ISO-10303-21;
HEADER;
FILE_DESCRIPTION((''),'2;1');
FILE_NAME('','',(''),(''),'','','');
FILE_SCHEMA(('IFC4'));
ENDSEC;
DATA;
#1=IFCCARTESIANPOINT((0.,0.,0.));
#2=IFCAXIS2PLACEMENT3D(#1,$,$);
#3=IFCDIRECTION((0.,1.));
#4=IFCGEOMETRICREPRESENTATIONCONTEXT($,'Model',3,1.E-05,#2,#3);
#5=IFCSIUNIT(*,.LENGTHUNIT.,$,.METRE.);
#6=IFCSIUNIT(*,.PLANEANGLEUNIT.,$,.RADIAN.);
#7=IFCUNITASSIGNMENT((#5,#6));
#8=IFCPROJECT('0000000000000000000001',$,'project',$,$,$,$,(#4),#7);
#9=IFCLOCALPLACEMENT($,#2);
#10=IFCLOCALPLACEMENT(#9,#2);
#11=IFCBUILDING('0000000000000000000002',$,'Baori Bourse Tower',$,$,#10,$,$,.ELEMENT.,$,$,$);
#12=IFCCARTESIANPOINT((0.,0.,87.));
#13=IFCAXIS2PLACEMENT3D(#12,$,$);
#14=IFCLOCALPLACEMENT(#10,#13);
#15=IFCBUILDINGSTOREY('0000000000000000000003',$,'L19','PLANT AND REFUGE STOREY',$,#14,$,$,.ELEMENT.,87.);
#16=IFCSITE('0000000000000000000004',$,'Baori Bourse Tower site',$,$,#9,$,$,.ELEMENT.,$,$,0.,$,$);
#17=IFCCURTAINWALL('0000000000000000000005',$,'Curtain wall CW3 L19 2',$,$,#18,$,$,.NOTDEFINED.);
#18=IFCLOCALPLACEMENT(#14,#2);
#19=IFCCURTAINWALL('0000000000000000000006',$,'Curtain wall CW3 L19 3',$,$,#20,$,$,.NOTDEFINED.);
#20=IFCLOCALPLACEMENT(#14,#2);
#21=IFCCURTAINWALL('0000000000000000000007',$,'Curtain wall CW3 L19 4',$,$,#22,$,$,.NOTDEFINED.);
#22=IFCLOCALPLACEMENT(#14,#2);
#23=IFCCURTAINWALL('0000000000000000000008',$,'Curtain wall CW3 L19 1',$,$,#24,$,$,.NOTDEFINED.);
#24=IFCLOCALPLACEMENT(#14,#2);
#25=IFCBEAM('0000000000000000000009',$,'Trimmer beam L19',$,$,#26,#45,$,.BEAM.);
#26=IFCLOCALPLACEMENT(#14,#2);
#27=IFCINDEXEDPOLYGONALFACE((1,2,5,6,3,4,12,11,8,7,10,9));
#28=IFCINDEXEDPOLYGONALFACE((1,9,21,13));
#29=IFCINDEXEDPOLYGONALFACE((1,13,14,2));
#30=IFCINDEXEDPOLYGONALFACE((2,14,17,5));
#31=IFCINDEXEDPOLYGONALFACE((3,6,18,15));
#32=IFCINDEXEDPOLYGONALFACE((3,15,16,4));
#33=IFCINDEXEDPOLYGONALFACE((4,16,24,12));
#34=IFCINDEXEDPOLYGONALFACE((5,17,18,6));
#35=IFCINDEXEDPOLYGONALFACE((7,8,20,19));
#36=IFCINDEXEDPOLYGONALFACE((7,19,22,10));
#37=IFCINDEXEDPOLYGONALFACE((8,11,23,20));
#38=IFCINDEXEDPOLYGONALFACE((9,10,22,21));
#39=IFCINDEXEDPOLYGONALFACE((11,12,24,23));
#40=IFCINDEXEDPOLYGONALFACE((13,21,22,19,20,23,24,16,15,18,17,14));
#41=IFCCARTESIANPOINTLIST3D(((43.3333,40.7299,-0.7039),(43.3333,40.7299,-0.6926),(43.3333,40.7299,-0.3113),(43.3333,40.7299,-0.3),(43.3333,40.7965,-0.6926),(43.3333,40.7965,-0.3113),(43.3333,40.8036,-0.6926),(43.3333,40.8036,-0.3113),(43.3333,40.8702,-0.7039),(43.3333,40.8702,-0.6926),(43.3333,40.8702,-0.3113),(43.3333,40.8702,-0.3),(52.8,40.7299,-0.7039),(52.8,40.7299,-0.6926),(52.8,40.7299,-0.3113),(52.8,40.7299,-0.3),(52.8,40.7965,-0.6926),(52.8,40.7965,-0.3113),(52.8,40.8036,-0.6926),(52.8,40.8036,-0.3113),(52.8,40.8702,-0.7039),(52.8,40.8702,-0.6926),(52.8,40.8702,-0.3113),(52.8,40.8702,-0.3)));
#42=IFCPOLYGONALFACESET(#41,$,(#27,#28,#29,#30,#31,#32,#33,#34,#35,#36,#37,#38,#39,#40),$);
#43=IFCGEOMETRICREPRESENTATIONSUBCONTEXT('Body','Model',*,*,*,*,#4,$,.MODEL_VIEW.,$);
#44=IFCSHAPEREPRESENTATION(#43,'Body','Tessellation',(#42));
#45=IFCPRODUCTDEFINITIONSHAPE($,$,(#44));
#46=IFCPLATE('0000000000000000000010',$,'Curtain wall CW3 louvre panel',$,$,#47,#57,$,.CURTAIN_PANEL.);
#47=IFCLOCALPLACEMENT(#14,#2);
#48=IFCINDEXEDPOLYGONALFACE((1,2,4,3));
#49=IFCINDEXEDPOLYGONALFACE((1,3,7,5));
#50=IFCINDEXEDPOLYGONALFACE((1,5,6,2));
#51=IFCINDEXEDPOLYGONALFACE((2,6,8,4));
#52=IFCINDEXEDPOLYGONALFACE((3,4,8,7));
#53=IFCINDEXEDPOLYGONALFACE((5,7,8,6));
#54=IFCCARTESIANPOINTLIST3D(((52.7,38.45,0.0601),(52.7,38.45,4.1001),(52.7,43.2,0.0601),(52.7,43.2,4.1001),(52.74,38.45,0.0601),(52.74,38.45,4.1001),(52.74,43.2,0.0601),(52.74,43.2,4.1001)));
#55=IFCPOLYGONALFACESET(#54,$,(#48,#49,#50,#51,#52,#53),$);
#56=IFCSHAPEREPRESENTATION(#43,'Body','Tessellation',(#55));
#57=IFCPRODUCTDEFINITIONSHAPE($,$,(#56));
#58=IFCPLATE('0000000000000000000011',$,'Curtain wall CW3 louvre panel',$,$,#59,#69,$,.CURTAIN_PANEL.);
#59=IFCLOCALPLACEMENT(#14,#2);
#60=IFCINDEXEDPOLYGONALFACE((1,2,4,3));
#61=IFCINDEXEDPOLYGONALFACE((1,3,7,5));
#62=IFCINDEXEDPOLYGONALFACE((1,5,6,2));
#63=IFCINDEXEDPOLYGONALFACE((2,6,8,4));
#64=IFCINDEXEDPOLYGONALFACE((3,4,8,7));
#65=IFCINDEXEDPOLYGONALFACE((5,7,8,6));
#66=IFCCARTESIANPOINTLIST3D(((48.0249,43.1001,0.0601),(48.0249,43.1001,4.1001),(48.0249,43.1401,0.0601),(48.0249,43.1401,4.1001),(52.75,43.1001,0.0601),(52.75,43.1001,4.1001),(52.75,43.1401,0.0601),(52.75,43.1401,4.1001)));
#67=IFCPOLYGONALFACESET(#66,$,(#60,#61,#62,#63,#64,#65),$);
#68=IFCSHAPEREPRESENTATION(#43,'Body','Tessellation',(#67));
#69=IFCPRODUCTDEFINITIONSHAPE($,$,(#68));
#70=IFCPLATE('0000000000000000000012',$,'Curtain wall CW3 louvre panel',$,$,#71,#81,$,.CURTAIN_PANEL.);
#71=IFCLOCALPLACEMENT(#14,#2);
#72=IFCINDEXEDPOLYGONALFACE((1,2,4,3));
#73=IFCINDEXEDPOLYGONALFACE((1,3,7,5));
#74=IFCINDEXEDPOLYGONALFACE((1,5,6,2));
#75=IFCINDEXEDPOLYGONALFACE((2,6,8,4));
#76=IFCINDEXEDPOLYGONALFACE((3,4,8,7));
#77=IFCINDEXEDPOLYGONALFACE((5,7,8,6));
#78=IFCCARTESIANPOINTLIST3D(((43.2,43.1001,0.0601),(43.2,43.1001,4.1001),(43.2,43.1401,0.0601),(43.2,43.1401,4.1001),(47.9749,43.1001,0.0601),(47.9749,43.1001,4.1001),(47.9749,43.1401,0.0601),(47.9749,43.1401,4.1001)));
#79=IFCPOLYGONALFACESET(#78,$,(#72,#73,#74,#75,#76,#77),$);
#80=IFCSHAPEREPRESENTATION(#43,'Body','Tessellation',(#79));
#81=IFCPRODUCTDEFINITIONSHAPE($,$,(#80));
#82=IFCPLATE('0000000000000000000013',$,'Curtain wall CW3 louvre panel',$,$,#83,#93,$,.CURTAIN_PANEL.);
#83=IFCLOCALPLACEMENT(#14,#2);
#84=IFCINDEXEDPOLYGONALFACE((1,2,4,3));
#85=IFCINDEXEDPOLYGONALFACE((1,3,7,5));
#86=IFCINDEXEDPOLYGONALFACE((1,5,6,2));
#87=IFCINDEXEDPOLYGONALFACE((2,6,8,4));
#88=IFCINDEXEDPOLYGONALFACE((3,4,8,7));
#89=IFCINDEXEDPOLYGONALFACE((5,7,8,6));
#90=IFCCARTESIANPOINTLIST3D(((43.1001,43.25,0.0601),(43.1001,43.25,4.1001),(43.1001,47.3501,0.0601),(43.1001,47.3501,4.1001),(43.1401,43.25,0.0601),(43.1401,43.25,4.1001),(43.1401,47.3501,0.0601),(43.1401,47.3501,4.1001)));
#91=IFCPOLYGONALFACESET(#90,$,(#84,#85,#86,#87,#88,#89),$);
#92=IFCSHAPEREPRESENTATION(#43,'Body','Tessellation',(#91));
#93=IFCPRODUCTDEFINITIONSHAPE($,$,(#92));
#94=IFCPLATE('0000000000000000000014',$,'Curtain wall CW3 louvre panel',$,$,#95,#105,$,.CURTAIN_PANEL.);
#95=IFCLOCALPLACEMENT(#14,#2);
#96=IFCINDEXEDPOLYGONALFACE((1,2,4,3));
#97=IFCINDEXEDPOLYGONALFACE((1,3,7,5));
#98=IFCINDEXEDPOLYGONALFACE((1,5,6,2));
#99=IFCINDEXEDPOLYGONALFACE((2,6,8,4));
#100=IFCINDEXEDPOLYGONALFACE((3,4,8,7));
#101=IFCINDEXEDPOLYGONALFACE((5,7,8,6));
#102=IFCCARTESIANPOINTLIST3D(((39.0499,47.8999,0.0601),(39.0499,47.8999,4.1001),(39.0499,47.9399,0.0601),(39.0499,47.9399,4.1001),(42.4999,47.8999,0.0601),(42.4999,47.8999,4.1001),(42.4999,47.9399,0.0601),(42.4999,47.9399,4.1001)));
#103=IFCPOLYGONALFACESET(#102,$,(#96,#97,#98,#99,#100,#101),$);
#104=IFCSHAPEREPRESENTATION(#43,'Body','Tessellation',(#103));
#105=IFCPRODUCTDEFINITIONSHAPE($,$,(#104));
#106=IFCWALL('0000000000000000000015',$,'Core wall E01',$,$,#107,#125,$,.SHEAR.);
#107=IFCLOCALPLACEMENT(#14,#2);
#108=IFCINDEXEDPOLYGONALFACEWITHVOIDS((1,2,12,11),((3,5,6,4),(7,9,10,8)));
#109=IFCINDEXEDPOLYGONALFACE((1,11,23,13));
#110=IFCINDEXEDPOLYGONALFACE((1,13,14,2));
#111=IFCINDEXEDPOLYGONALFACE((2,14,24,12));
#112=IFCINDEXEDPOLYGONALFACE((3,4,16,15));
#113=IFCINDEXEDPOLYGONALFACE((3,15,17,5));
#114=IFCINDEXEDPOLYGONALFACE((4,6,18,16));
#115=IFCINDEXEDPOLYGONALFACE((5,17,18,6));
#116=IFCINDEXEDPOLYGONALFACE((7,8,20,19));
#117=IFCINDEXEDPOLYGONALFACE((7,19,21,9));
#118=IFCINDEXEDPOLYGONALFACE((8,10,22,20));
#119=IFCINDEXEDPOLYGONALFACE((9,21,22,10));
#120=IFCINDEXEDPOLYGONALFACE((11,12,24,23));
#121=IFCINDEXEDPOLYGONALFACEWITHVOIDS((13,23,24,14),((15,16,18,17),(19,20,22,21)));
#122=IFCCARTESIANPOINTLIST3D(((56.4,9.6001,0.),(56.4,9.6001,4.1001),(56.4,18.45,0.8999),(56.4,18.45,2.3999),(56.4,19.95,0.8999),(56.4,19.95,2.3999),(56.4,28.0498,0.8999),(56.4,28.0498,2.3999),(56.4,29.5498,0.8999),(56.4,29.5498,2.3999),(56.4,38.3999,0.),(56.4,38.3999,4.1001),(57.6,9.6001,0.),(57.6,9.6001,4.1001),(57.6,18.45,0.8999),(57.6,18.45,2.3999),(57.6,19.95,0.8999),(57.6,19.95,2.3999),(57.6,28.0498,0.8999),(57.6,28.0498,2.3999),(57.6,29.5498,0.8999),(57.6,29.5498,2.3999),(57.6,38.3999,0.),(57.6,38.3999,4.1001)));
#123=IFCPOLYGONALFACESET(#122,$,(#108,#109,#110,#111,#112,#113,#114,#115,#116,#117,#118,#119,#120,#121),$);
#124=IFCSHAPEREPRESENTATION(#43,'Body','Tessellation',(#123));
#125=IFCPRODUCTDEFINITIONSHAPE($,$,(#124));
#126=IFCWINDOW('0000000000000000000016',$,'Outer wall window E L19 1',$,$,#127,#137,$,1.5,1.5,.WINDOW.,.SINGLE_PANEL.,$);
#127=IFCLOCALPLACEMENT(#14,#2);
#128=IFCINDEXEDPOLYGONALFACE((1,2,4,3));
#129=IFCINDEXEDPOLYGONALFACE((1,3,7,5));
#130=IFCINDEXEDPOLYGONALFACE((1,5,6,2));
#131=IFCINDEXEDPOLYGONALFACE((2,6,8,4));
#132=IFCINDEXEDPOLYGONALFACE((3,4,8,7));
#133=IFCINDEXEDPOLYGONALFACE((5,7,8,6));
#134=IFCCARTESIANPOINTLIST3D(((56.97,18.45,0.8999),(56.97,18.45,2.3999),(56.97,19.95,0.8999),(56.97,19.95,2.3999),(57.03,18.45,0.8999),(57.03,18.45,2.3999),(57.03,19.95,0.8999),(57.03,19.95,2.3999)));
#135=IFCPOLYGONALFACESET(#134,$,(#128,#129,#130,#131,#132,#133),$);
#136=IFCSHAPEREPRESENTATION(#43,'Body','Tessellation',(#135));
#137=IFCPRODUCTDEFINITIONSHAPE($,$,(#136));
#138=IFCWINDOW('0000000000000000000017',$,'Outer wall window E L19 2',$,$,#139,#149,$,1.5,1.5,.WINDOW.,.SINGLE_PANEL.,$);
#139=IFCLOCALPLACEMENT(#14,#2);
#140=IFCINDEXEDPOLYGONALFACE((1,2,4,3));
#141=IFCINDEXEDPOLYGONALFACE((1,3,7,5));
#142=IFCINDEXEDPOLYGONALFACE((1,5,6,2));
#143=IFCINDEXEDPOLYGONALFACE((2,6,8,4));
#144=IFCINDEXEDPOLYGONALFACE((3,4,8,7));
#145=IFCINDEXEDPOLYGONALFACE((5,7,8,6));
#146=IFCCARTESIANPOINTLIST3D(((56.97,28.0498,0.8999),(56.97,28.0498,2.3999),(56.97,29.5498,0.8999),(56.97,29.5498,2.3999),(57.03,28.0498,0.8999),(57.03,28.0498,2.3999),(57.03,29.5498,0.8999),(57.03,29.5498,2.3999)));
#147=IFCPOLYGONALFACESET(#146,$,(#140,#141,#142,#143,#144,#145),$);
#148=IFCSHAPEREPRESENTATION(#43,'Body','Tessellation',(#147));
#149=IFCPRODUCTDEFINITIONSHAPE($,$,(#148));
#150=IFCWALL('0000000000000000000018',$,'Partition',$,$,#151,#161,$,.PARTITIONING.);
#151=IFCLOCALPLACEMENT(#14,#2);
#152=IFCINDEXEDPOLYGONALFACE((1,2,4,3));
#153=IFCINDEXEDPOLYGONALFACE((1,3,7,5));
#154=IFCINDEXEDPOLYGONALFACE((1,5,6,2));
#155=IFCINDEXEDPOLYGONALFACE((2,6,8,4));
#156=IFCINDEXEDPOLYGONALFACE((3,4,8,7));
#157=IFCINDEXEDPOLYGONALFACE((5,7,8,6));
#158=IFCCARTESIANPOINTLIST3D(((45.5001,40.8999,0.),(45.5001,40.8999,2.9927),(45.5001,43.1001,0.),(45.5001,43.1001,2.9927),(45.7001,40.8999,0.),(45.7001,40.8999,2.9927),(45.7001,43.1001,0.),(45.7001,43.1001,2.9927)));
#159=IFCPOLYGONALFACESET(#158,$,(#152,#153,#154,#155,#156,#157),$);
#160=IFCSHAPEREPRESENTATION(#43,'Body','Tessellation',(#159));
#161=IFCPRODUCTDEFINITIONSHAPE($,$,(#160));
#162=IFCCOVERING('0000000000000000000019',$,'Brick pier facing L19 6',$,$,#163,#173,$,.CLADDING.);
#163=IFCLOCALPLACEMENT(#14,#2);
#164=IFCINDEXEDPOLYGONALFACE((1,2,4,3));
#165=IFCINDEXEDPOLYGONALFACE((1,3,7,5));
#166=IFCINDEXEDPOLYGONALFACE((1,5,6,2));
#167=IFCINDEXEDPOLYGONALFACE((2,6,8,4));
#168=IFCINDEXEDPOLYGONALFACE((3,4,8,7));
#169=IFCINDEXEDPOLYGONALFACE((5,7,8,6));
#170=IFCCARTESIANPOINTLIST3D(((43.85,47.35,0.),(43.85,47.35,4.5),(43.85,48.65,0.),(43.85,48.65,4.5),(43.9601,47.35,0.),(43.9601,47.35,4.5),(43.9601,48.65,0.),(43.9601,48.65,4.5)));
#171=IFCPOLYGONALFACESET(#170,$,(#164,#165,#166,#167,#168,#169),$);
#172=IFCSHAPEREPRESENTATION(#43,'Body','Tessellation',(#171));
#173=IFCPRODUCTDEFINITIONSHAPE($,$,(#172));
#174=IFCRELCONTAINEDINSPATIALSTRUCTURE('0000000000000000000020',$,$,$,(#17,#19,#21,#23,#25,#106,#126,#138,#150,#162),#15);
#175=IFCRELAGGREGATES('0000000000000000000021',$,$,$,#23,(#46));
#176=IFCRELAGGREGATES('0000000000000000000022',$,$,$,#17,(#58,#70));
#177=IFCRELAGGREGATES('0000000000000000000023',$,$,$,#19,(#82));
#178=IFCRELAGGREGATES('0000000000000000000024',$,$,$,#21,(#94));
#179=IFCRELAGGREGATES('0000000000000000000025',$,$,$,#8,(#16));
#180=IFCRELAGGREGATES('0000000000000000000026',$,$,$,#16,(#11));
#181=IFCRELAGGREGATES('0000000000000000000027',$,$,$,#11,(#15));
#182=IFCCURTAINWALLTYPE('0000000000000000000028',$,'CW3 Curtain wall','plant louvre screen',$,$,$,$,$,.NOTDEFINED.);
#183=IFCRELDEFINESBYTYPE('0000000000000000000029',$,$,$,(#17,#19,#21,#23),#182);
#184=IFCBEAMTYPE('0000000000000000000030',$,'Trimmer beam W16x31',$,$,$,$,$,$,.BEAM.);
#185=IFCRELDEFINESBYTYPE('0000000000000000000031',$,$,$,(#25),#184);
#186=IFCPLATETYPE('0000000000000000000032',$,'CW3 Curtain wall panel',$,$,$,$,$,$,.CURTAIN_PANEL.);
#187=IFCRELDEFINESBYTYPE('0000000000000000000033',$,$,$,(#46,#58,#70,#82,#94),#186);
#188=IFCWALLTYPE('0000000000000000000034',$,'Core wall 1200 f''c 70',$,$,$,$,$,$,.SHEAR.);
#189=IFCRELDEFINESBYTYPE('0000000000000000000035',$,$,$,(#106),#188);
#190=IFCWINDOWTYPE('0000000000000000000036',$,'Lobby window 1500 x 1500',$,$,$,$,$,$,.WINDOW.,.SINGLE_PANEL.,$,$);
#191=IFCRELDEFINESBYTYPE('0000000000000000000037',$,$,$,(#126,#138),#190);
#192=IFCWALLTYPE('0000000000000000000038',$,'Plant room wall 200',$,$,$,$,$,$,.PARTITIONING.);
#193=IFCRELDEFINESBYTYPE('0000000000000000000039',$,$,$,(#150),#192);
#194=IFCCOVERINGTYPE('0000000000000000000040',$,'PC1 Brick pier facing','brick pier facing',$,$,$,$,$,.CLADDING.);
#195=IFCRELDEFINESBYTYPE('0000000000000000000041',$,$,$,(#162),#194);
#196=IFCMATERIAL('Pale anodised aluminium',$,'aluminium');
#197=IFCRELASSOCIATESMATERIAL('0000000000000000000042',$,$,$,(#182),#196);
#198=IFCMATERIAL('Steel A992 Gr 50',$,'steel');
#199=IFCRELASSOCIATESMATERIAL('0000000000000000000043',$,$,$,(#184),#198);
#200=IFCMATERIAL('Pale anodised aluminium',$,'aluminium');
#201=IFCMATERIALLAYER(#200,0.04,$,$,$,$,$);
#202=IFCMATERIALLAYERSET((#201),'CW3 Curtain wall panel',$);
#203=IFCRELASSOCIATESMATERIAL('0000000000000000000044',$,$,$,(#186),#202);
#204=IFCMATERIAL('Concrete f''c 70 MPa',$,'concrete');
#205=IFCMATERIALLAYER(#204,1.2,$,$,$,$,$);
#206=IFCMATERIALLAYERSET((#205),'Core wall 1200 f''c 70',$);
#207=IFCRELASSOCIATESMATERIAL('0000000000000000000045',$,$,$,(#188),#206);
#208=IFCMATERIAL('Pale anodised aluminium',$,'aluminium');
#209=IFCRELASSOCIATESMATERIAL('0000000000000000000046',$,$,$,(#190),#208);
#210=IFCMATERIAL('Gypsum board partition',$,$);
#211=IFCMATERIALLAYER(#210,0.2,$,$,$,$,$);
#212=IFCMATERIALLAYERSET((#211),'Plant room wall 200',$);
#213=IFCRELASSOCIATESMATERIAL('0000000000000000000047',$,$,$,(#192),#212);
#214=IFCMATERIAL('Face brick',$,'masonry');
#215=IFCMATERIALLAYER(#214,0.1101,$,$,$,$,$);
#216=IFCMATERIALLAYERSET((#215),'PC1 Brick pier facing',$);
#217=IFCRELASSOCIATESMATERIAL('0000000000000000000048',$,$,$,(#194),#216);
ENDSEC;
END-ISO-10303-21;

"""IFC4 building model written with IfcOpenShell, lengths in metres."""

from ifc_helpers import new_model, si_unit, direction, frame, frame_2d, origin, origin_2d, place, context, subcontext, project, spatial, rectangle, i_section, extrude, material, layer, layer_set, material_profile, profile_set, type_object, element, fill, aggregate, save


model = new_model("IFC4")

# Units and contexts
model_context = context("Model", 3, precision=1e-05, world=origin(), true_north=direction((0.0, 1.0)))
body_context = subcontext(model_context, "Body", "Model", "MODEL_VIEW")
ifc_project = project(units=[si_unit("LENGTHUNIT", "METRE"), si_unit("PLANEANGLEUNIT", "RADIAN")], contexts=[model_context])

# Site, building, storey
site_placement = place(None, origin())
site = spatial("IfcSite", under=ifc_project, at=site_placement, Name="Baori Bourse Tower site", CompositionType="ELEMENT", RefElevation=0.0)
building_placement = place(site_placement, origin())
building = spatial("IfcBuilding", under=site, at=building_placement, Name="Baori Bourse Tower", CompositionType="ELEMENT")
storey_placement = place(building_placement, frame((0.0, 0.0, 87.0)))
storey = spatial("IfcBuildingStorey", under=building, at=storey_placement, Name="L19", Description="PLANT AND REFUGE STOREY", CompositionType="ELEMENT", Elevation=87.0)

# Curtain wall
ifc_material_1 = material(Name="Pale anodised aluminium", Category="aluminium")
curtain_wall_type = type_object("IfcCurtainWallType", Name="CW3 Curtain wall", Description="plant louvre screen", PredefinedType="NOTDEFINED", material=ifc_material_1)
curtain_wall_1_placement = place(storey_placement, origin())
curtain_wall_1 = element("IfcCurtainWall", 1, at=curtain_wall_1_placement, inside=storey, type_object=curtain_wall_type, Name="Curtain wall CW3 L19 2", PredefinedType="NOTDEFINED")

# Curtain walls
curtain_wall_2_placement = place(storey_placement, origin())
curtain_wall_2 = element("IfcCurtainWall", 2, at=curtain_wall_2_placement, inside=storey, type_object=curtain_wall_type, Name="Curtain wall CW3 L19 3", PredefinedType="NOTDEFINED")
curtain_wall_3_placement = place(storey_placement, origin())
curtain_wall_3 = element("IfcCurtainWall", 3, at=curtain_wall_3_placement, inside=storey, type_object=curtain_wall_type, Name="Curtain wall CW3 L19 4", PredefinedType="NOTDEFINED")
curtain_wall_4_placement = place(storey_placement, origin())
curtain_wall_4 = element("IfcCurtainWall", 4, at=curtain_wall_4_placement, inside=storey, type_object=curtain_wall_type, Name="Curtain wall CW3 L19 1", PredefinedType="NOTDEFINED")

# Beam
ifc_material_2 = material(Name="Steel A992 Gr 50", Category="steel")
ifc_material_profile_1 = material_profile(ifc_material_2, i_section(OverallWidth=0.1404, OverallDepth=0.4038, WebThickness=0.0071, FlangeThickness=0.0112, at=origin_2d()), Name="W16x31")
ifc_profile_set_1 = profile_set([ifc_material_profile_1], Name="Steel A992 Gr 50")
beam_type_1 = type_object("IfcBeamType", Name="Trimmer beam W16x31", PredefinedType="BEAM", material=ifc_profile_set_1)
beam_1_placement = place(storey_placement, frame((43.3333, 40.8, -0.502), z_axis=(1.0, 0.0, 0.0), x_axis=(0.0, 1.0, 0.0)))
element("IfcBeam", 5, at=beam_1_placement, inside=storey, type_object=beam_type_1, Name="Trimmer beam L19", PredefinedType="BEAM", context=body_context, shape_type="SweptSolid", body=[
    extrude(i_section(OverallWidth=0.1404, OverallDepth=0.4038, WebThickness=0.0071, FlangeThickness=0.0112, at=origin_2d()), origin(), (0.0, 0.0, 1.0), 9.4668),
])

# Plates
ifc_material_3 = material(Name="Pale anodised aluminium", Category="aluminium")
ifc_layer_1 = layer(ifc_material_3, 0.04)
ifc_layer_set_1 = layer_set([ifc_layer_1], Name="CW3 Curtain wall panel")
plate_type = type_object("IfcPlateType", Name="CW3 Curtain wall panel", PredefinedType="CURTAIN_PANEL", material=ifc_layer_set_1)
plate_1_placement = place(storey_placement, frame((52.72, 40.825, 0.0601), z_axis=(0.0, 0.0, 1.0), x_axis=(0.0, 1.0, 0.0)))
plate_1 = element("IfcPlate", 6, at=plate_1_placement, type_object=plate_type, Name="Curtain wall CW3 louvre panel", PredefinedType="CURTAIN_PANEL", context=body_context, shape_type="SweptSolid", body=[
    extrude(rectangle(XDim=4.75, YDim=0.04, at=origin_2d()), origin(), (0.0, 0.0, 1.0), 4.04),
])
aggregate(curtain_wall_4, [plate_1])
plate_2_placement = place(storey_placement, frame((50.3875, 43.1201, 0.0601), z_axis=(0.0, 0.0, 1.0), x_axis=(-1.0, 0.0, 0.0)))
plate_2 = element("IfcPlate", 7, at=plate_2_placement, type_object=plate_type, Name="Curtain wall CW3 louvre panel", PredefinedType="CURTAIN_PANEL", context=body_context, shape_type="SweptSolid", body=[
    extrude(rectangle(XDim=4.7251, YDim=0.04, at=origin_2d()), origin(), (0.0, 0.0, 1.0), 4.04),
])
plate_3_placement = place(storey_placement, frame((45.5874, 43.1201, 0.0601), z_axis=(0.0, 0.0, 1.0), x_axis=(-1.0, 0.0, 0.0)))
plate_3 = element("IfcPlate", 8, at=plate_3_placement, type_object=plate_type, Name="Curtain wall CW3 louvre panel", PredefinedType="CURTAIN_PANEL", context=body_context, shape_type="SweptSolid", body=[
    extrude(rectangle(XDim=4.7749, YDim=0.04, at=origin_2d()), origin(), (0.0, 0.0, 1.0), 4.04),
])
aggregate(curtain_wall_1, [plate_2, plate_3])
plate_4_placement = place(storey_placement, frame((43.1201, 45.3, 0.0601), z_axis=(0.0, 0.0, 1.0), x_axis=(0.0, 1.0, 0.0)))
plate_4 = element("IfcPlate", 9, at=plate_4_placement, type_object=plate_type, Name="Curtain wall CW3 louvre panel", PredefinedType="CURTAIN_PANEL", context=body_context, shape_type="SweptSolid", body=[
    extrude(rectangle(XDim=4.1001, YDim=0.04, at=origin_2d()), origin(), (0.0, 0.0, 1.0), 4.04),
])
aggregate(curtain_wall_2, [plate_4])
plate_5_placement = place(storey_placement, frame((40.7749, 47.9199, 0.0601), z_axis=(0.0, 0.0, 1.0), x_axis=(-1.0, 0.0, 0.0)))
plate_5 = element("IfcPlate", 10, at=plate_5_placement, type_object=plate_type, Name="Curtain wall CW3 louvre panel", PredefinedType="CURTAIN_PANEL", context=body_context, shape_type="SweptSolid", body=[
    extrude(rectangle(XDim=3.45, YDim=0.04, at=origin_2d()), origin(), (0.0, 0.0, 1.0), 4.04),
])
aggregate(curtain_wall_3, [plate_5])

# Wall, openings, windows
ifc_material_4 = material(Name="Concrete f'c 70 MPa", Category="concrete")
ifc_layer_2 = layer(ifc_material_4, 1.2)
ifc_layer_set_2 = layer_set([ifc_layer_2], Name="Core wall 1200 f'c 70")
wall_type_1 = type_object("IfcWallType", Name="Core wall 1200 f'c 70", PredefinedType="SHEAR", material=ifc_layer_set_2)
wall_1_placement = place(storey_placement, frame((57.0, 38.3999, 0.0), z_axis=(0.0, 0.0, 1.0), x_axis=(0.0, -1.0, 0.0)))
wall_1 = element("IfcWall", 11, at=wall_1_placement, inside=storey, type_object=wall_type_1, Name="Core wall E01", PredefinedType="SHEAR", context=body_context, shape_type="SweptSolid", body=[
    extrude(rectangle(XDim=28.7998, YDim=1.2, at=frame_2d((14.3999, 0.0))), origin(), (0.0, 0.0, 1.0), 4.1001),
])
opening_1_placement = place(wall_1_placement, frame((18.45, 0.0, 0.8999)))
opening_1 = element("IfcOpeningElement", 12, at=opening_1_placement, cuts=wall_1, PredefinedType="OPENING", context=body_context, shape_type="SweptSolid", body=[
    extrude(rectangle(XDim=1.5, YDim=1.5, at=frame_2d((0.75, 0.75))), frame((0.0, 0.6099, 0.0), z_axis=(0.0, -1.0, 0.0), x_axis=(1.0, 0.0, 0.0)), (0.0, 0.0, 1.0), 1.22),
])
opening_2_placement = place(wall_1_placement, frame((8.8501, 0.0, 0.8999)))
opening_2 = element("IfcOpeningElement", 13, at=opening_2_placement, cuts=wall_1, PredefinedType="OPENING", context=body_context, shape_type="SweptSolid", body=[
    extrude(rectangle(XDim=1.5, YDim=1.5, at=frame_2d((0.75, 0.75))), frame((0.0, 0.6099, 0.0), z_axis=(0.0, -1.0, 0.0), x_axis=(1.0, 0.0, 0.0)), (0.0, 0.0, 1.0), 1.22),
])
ifc_material_5 = material(Name="Pale anodised aluminium", Category="aluminium")
window_type = type_object("IfcWindowType", Name="Lobby window 1500 x 1500", PartitioningType="SINGLE_PANEL", PredefinedType="WINDOW", material=ifc_material_5)
window_1_placement = place(opening_1_placement, origin())
window_1 = element("IfcWindow", 14, at=window_1_placement, inside=storey, type_object=window_type, Name="Outer wall window E L19 1", OverallHeight=1.5, OverallWidth=1.5, PartitioningType="SINGLE_PANEL", PredefinedType="WINDOW", context=body_context, shape_type="SweptSolid", body=[
    extrude(rectangle(XDim=1.5, YDim=1.5, at=frame_2d((0.75, 0.75))), frame((0.0, 0.03, 0.0), z_axis=(0.0, -1.0, 0.0), x_axis=(1.0, 0.0, 0.0)), (0.0, 0.0, 1.0), 0.0601),
])
fill(opening_1, window_1)
window_2_placement = place(opening_2_placement, origin())
window_2 = element("IfcWindow", 15, at=window_2_placement, inside=storey, type_object=window_type, Name="Outer wall window E L19 2", OverallHeight=1.5, OverallWidth=1.5, PartitioningType="SINGLE_PANEL", PredefinedType="WINDOW", context=body_context, shape_type="SweptSolid", body=[
    extrude(rectangle(XDim=1.5, YDim=1.5, at=frame_2d((0.75, 0.75))), frame((0.0, 0.03, 0.0), z_axis=(0.0, -1.0, 0.0), x_axis=(1.0, 0.0, 0.0)), (0.0, 0.0, 1.0), 0.0601),
])
fill(opening_2, window_2)

# Wall
ifc_material_6 = material(Name="Gypsum board partition")
ifc_layer_3 = layer(ifc_material_6, 0.2)
ifc_layer_set_3 = layer_set([ifc_layer_3], Name="Plant room wall 200")
wall_type_2 = type_object("IfcWallType", Name="Plant room wall 200", PredefinedType="PARTITIONING", material=ifc_layer_set_3)
wall_2_placement = place(storey_placement, frame((45.6001, 40.8999, 0.0), z_axis=(0.0, 0.0, 1.0), x_axis=(0.0, 1.0, 0.0)))
element("IfcWall", 16, at=wall_2_placement, inside=storey, type_object=wall_type_2, Name="Partition", PredefinedType="PARTITIONING", context=body_context, shape_type="SweptSolid", body=[
    extrude(rectangle(XDim=2.2002, YDim=0.2, at=frame_2d((1.1001, 0.0))), origin(), (0.0, 0.0, 1.0), 2.9927),
])

# Covering
ifc_material_7 = material(Name="Face brick", Category="masonry")
ifc_layer_4 = layer(ifc_material_7, 0.1101)
ifc_layer_set_4 = layer_set([ifc_layer_4], Name="PC1 Brick pier facing")
covering_type = type_object("IfcCoveringType", Name="PC1 Brick pier facing", Description="brick pier facing", PredefinedType="CLADDING", material=ifc_layer_set_4)
covering_placement = place(storey_placement, frame((43.905, 48.0, 0.0), z_axis=(0.0, 0.0, 1.0), x_axis=(1.0, 0.0, 0.0)))
element("IfcCovering", 17, at=covering_placement, inside=storey, type_object=covering_type, Name="Brick pier facing L19 6", PredefinedType="CLADDING", context=body_context, shape_type="SweptSolid", body=[
    extrude(rectangle(XDim=0.1101, YDim=1.3, at=origin_2d()), origin(), (0.0, 0.0, 1.0), 4.5),
])

save(model, "model.ifc")
